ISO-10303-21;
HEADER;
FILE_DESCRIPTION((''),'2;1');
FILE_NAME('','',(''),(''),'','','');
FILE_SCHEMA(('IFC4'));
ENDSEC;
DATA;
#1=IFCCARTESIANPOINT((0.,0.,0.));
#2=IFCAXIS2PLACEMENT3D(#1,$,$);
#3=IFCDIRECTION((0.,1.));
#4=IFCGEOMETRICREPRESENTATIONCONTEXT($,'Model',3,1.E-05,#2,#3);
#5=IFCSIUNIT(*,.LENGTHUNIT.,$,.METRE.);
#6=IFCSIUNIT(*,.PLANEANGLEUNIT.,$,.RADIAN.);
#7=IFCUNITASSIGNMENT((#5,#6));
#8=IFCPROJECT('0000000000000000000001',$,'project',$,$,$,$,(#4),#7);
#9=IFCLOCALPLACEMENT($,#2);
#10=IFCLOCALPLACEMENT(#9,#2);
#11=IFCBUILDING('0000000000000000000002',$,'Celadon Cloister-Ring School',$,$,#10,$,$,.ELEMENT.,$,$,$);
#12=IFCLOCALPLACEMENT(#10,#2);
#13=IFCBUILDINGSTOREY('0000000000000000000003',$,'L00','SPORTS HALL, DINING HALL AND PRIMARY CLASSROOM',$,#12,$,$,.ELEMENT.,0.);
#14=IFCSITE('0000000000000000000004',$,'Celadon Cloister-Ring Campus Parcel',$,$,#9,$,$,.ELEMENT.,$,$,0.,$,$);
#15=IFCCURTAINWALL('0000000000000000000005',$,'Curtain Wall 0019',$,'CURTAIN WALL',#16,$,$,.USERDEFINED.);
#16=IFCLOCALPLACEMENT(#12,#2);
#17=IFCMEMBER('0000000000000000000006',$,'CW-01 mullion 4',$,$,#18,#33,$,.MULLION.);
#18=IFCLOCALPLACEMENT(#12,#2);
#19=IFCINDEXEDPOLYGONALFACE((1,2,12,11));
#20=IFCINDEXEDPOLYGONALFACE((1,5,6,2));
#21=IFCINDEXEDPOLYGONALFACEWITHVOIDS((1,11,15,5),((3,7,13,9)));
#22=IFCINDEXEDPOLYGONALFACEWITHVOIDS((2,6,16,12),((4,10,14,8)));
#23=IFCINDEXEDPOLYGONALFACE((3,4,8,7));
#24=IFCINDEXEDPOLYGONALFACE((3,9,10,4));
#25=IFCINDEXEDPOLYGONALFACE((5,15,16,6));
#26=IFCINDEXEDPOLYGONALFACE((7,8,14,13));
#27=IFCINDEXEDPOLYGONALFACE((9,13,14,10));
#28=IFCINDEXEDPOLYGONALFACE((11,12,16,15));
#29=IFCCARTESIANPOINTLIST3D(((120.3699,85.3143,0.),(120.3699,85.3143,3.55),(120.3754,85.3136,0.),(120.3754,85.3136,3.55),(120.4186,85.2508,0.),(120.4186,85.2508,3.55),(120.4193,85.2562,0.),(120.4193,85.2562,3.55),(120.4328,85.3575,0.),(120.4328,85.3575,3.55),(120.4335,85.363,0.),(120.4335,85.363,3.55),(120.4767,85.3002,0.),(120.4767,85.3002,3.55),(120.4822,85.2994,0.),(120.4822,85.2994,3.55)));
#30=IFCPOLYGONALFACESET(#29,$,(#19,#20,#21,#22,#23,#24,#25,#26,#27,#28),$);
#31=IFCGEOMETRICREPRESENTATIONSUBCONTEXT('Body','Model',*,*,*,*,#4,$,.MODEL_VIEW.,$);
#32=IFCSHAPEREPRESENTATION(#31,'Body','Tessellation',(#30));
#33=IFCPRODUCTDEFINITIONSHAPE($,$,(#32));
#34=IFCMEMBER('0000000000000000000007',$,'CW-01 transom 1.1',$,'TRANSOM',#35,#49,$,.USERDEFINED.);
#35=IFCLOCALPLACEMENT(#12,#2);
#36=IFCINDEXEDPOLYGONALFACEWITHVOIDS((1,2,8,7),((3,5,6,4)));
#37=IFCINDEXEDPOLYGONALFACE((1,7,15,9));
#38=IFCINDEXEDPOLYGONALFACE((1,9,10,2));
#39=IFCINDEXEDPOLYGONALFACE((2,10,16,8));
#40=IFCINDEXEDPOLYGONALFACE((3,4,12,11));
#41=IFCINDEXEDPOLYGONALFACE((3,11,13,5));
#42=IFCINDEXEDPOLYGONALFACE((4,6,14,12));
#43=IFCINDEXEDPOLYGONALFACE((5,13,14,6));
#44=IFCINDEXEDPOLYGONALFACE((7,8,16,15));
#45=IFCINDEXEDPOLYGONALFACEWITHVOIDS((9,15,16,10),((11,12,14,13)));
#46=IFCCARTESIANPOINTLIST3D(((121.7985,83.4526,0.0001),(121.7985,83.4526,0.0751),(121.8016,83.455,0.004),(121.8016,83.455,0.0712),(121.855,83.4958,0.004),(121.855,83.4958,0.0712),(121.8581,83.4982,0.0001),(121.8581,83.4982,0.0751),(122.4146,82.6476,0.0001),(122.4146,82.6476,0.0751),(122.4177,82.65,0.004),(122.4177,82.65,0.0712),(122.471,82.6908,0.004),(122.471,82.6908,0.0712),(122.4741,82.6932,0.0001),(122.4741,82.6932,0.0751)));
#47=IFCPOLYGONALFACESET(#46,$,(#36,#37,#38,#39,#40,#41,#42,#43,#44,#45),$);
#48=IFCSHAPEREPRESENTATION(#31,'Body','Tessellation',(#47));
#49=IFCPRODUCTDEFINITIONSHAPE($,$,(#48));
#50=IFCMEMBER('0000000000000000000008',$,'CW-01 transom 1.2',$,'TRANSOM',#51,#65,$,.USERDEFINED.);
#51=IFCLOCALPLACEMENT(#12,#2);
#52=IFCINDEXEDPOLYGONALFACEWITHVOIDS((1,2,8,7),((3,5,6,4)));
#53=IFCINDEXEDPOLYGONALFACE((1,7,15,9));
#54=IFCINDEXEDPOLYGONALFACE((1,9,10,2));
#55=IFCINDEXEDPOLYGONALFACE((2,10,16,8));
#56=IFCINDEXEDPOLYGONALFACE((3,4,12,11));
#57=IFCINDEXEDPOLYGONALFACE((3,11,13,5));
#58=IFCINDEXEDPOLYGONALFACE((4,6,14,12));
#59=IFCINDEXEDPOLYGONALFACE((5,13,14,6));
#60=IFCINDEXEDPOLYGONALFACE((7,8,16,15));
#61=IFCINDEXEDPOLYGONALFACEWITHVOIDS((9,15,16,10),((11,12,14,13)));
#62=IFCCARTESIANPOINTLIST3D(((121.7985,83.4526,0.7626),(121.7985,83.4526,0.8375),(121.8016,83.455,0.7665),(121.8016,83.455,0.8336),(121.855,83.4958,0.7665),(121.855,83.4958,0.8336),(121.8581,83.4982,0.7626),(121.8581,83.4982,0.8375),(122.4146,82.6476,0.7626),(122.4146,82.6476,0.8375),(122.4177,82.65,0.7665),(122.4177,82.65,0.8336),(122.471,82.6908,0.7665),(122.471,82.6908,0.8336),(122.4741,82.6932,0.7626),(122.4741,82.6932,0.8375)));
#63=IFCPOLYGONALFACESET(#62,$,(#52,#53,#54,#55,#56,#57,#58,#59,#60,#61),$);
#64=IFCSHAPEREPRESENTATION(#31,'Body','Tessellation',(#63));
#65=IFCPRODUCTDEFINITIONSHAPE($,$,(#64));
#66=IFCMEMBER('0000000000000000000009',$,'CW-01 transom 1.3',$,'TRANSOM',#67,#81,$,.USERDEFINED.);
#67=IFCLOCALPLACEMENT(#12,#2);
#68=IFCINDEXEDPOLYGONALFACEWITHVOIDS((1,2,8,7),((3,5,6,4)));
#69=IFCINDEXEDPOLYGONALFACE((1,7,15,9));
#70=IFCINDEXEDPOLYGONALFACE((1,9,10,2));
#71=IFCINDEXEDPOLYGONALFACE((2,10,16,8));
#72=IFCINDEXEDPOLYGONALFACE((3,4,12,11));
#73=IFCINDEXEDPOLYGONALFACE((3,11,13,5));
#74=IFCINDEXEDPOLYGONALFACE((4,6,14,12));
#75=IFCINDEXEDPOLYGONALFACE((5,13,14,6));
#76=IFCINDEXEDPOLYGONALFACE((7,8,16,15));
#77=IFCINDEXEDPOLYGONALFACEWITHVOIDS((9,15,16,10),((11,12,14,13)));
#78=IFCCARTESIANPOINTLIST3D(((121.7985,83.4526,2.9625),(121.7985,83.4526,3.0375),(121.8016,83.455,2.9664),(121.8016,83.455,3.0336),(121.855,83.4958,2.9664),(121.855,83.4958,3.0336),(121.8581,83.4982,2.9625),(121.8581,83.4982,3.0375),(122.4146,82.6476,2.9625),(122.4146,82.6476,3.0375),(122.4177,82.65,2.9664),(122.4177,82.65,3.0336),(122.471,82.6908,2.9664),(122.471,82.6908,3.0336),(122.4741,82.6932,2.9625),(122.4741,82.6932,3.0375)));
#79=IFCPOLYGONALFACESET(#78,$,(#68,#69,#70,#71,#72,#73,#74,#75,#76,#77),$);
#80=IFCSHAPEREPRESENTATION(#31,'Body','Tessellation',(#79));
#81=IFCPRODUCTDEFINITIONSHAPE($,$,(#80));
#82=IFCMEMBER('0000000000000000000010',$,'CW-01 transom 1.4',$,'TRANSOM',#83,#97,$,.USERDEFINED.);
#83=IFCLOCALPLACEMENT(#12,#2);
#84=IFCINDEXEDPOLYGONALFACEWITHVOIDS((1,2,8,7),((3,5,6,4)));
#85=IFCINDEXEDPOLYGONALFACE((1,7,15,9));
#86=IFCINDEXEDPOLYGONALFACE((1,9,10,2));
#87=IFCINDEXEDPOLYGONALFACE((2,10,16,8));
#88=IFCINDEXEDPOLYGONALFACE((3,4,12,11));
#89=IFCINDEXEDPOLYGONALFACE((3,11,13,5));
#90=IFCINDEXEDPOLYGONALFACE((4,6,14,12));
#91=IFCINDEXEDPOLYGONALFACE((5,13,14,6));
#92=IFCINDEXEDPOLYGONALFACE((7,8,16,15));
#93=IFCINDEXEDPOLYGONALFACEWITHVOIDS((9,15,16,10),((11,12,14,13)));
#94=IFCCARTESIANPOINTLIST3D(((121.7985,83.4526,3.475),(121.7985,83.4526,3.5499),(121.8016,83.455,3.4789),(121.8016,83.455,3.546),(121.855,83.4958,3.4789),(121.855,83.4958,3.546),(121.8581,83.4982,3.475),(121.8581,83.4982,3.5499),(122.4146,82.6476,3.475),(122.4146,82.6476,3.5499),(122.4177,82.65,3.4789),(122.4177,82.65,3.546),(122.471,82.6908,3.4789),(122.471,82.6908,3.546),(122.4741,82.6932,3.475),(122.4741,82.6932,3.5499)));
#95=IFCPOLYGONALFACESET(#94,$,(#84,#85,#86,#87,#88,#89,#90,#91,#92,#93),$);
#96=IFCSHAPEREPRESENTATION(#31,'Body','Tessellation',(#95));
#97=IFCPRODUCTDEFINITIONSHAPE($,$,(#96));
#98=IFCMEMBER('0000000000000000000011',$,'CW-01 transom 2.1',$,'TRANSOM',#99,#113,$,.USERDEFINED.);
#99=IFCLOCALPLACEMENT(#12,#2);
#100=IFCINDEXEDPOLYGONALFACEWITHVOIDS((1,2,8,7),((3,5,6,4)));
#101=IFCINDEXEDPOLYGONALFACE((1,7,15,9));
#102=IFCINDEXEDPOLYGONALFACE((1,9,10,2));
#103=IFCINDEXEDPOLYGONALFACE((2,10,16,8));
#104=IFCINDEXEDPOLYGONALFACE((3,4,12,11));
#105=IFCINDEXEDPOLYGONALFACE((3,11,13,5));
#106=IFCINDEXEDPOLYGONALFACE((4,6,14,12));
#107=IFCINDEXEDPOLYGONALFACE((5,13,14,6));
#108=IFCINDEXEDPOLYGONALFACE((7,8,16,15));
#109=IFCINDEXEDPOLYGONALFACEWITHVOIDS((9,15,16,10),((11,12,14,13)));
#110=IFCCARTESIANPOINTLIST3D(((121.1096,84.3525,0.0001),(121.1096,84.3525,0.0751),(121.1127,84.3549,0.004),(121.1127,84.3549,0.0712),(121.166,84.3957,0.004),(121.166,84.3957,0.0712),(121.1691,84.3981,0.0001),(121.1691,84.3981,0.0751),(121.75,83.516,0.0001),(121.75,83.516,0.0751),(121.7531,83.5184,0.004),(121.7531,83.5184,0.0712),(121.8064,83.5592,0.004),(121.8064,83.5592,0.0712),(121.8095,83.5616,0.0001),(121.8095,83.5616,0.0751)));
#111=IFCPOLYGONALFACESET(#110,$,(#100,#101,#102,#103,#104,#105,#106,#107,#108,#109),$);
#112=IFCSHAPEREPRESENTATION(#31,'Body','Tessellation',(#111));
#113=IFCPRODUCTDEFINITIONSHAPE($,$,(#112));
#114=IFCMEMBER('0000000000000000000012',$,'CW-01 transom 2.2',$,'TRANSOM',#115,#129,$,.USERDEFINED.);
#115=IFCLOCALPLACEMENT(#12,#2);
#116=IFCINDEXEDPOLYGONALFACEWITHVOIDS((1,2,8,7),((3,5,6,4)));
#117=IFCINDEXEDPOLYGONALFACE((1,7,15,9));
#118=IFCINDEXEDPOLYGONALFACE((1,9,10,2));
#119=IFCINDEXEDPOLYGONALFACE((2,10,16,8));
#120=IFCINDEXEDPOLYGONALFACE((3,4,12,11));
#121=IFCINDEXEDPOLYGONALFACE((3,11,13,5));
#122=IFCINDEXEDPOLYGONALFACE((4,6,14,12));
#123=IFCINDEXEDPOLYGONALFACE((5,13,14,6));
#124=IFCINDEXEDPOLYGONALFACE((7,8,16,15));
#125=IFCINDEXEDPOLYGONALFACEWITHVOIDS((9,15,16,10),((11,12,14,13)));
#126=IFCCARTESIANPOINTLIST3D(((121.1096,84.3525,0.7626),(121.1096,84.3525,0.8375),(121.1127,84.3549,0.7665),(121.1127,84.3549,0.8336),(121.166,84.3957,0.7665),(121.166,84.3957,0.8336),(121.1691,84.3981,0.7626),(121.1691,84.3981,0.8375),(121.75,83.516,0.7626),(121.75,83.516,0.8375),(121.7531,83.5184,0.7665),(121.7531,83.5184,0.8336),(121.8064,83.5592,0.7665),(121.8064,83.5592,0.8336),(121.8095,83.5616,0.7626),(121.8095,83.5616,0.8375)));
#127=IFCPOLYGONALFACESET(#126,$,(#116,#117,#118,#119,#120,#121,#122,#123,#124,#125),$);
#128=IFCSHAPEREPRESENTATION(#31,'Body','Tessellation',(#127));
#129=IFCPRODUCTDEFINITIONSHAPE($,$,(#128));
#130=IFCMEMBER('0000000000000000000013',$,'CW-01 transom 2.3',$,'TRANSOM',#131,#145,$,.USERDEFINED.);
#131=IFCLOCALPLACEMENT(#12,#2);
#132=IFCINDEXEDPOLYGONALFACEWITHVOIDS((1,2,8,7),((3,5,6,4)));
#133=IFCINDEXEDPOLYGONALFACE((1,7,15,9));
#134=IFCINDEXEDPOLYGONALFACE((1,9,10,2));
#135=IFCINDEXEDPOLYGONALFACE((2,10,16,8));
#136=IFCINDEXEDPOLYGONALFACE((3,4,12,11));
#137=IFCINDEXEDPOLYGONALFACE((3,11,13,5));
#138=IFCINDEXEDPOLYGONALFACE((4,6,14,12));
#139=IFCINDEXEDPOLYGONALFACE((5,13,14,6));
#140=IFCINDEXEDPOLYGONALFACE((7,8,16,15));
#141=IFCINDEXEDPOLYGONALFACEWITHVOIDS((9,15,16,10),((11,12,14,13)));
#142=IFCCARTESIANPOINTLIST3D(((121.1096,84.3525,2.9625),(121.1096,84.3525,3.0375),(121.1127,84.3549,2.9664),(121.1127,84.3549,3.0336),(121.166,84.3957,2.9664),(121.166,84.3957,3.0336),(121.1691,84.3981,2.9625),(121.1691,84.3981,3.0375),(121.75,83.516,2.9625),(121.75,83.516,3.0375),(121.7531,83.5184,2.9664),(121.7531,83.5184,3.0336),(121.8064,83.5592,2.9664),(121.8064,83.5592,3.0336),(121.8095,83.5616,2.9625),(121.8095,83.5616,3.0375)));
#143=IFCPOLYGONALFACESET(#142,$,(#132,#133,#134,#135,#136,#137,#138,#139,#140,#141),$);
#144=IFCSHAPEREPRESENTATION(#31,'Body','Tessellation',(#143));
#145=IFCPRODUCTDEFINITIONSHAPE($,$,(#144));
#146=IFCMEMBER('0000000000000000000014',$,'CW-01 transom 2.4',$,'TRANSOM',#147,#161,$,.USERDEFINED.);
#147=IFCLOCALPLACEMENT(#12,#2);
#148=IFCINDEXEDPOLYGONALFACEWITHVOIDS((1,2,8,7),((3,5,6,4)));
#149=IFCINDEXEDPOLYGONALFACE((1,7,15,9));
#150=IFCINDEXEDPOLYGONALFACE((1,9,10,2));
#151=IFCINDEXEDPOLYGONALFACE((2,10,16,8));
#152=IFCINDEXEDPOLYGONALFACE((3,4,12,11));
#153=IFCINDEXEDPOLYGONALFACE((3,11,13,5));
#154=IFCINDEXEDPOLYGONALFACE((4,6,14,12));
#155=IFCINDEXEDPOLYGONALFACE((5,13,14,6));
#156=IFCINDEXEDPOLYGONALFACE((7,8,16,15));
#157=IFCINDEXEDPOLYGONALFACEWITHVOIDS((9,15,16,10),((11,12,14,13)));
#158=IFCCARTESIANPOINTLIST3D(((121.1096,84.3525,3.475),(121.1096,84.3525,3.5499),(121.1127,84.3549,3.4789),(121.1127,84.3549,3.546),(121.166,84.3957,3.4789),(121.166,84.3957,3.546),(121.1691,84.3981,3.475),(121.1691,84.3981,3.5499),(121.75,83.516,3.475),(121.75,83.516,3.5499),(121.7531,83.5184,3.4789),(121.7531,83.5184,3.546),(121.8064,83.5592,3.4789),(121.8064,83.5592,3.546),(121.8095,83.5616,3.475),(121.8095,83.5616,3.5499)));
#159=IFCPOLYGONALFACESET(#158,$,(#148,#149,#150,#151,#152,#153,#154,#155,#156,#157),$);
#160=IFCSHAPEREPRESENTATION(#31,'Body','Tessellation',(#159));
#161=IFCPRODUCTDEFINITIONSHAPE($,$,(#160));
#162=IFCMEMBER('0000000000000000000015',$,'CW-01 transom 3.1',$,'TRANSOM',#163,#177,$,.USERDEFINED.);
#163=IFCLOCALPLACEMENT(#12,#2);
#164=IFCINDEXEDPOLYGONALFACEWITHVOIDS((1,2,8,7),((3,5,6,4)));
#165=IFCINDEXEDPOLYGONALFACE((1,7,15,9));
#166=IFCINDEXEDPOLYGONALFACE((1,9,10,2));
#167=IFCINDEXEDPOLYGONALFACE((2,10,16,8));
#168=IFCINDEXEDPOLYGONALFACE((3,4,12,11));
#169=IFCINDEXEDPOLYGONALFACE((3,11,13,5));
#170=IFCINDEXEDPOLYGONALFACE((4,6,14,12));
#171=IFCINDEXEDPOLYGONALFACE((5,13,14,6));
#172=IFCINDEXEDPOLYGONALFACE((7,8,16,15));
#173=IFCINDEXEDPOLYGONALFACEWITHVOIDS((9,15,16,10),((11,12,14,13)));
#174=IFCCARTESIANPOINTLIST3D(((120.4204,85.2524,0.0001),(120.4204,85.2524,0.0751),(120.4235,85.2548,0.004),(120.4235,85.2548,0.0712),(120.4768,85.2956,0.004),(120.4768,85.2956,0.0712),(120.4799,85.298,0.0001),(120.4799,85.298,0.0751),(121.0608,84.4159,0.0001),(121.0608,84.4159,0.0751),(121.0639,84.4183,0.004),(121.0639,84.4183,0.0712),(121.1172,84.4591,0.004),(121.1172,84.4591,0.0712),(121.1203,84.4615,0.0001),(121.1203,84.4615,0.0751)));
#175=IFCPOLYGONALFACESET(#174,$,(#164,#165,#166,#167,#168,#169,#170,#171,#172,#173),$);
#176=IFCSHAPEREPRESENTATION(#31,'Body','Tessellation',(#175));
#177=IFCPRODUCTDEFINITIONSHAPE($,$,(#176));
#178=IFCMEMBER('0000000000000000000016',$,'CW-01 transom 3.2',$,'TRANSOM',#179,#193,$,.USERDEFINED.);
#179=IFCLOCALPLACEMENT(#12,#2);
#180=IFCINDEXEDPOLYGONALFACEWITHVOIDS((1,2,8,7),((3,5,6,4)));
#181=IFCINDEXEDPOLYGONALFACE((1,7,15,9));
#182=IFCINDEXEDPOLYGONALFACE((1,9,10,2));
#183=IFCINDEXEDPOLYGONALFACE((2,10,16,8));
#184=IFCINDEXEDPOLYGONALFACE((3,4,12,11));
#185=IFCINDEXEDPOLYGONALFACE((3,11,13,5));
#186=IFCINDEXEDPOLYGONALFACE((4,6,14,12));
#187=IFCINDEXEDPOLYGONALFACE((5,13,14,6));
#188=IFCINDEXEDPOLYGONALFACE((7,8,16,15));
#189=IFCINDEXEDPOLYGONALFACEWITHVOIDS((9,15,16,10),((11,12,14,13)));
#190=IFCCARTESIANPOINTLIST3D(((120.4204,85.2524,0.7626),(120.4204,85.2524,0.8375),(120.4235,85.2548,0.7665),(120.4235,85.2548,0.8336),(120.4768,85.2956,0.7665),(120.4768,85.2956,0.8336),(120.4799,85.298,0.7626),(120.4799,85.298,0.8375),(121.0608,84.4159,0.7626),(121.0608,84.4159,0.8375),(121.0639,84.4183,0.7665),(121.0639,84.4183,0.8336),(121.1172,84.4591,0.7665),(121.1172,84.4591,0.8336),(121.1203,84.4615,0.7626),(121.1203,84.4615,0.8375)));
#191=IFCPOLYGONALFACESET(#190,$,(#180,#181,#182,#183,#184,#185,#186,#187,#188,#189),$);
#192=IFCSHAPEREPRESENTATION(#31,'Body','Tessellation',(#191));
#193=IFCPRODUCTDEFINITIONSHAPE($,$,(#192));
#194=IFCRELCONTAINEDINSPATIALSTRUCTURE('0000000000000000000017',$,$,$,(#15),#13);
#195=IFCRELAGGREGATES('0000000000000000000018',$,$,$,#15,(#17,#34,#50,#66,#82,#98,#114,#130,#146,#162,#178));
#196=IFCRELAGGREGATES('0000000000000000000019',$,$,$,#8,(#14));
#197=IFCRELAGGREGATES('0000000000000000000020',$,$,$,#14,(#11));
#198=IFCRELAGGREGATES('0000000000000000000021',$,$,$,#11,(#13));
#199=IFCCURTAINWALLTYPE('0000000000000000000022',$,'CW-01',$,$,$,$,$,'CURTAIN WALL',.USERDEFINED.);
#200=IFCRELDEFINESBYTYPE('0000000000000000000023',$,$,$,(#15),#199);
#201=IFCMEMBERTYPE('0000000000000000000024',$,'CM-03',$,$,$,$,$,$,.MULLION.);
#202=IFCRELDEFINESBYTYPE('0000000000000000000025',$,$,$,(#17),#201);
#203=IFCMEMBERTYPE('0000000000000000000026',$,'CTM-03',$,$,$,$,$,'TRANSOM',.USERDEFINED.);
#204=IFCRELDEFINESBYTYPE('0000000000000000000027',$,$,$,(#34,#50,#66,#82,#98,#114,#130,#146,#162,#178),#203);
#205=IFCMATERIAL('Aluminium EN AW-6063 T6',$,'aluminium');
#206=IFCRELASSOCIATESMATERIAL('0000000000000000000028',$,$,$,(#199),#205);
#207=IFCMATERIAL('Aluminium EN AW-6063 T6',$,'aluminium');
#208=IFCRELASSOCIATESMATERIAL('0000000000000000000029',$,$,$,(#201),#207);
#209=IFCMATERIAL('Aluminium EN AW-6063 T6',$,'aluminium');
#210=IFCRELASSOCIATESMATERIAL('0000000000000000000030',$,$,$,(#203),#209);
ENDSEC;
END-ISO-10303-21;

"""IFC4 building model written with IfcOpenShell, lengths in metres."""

from ifc_helpers import new_model, si_unit, direction, frame, origin, origin_2d, place, context, subcontext, project, spatial, hollow_rectangle, extrude, material, material_profile, profile_set, type_object, element, aggregate, save


model = new_model("IFC4")

# Units and contexts
model_context = context("Model", 3, precision=1e-05, world=origin(), true_north=direction((0.0, 1.0)))
body_context = subcontext(model_context, "Body", "Model", "MODEL_VIEW")
ifc_project = project(units=[si_unit("LENGTHUNIT", "METRE"), si_unit("PLANEANGLEUNIT", "RADIAN")], contexts=[model_context])

# Site, building, storey
site_placement = place(None, origin())
site = spatial("IfcSite", under=ifc_project, at=site_placement, Name="Celadon Cloister-Ring Campus Parcel", CompositionType="ELEMENT", RefElevation=0.0)
building_placement = place(site_placement, origin())
building = spatial("IfcBuilding", under=site, at=building_placement, Name="Celadon Cloister-Ring School", CompositionType="ELEMENT")
storey_placement = place(building_placement, origin())
storey = spatial("IfcBuildingStorey", under=building, at=storey_placement, Name="L00", Description="SPORTS HALL, DINING HALL AND PRIMARY CLASSROOM", CompositionType="ELEMENT", Elevation=0.0)

# Curtain wall, members
ifc_material_1 = material(Name="Aluminium EN AW-6063 T6", Category="aluminium")
curtain_wall_type = type_object("IfcCurtainWallType", Name="CW-01", ElementType="CURTAIN WALL", PredefinedType="USERDEFINED", material=ifc_material_1)
curtain_wall_placement = place(storey_placement, origin())
curtain_wall = element("IfcCurtainWall", 1, at=curtain_wall_placement, inside=storey, type_object=curtain_wall_type, Name="Curtain Wall 0019", ObjectType="CURTAIN WALL", PredefinedType="USERDEFINED")
ifc_material_2 = material(Name="Aluminium EN AW-6063 T6", Category="aluminium")
ifc_material_profile_1 = material_profile(ifc_material_2, hollow_rectangle(XDim=0.0801, YDim=0.0801, WallThickness=0.0039, at=origin_2d()), Name="RHS80X80X4")
ifc_profile_set_1 = profile_set([ifc_material_profile_1], Name="Aluminium EN AW-6063 T6")
member_type_1 = type_object("IfcMemberType", Name="CM-03", PredefinedType="MULLION", material=ifc_profile_set_1)
member_1_placement = place(storey_placement, frame((120.426, 85.3069, 0.0), z_axis=(0.0, 0.0, 1.0), x_axis=(-0.794032, -0.607876, 0.0)))
member_1 = element("IfcMember", 2, at=member_1_placement, type_object=member_type_1, Name="CW-01 mullion 4", PredefinedType="MULLION", context=body_context, shape_type="SweptSolid", body=[
    extrude(hollow_rectangle(XDim=0.0801, YDim=0.0801, WallThickness=0.0039, at=origin_2d()), origin(), (0.0, 0.0, 1.0), 3.55),
])
ifc_material_3 = material(Name="Aluminium EN AW-6063 T6", Category="aluminium")
ifc_material_profile_2 = material_profile(ifc_material_3, hollow_rectangle(XDim=0.075, YDim=0.075, WallThickness=0.0039, at=origin_2d()), Name="RHS75X75X4")
ifc_profile_set_2 = profile_set([ifc_material_profile_2], Name="Aluminium EN AW-6063 T6")
member_type_2 = type_object("IfcMemberType", Name="CTM-03", ElementType="TRANSOM", PredefinedType="USERDEFINED", material=ifc_profile_set_2)
member_2_placement = place(storey_placement, frame((122.4443, 82.6704, 0.0376), z_axis=(-0.607718, 0.794153, 0.0), x_axis=(-0.794153, -0.607718, 0.0)))
member_2 = element("IfcMember", 3, at=member_2_placement, type_object=member_type_2, Name="CW-01 transom 1.1", ObjectType="TRANSOM", PredefinedType="USERDEFINED", context=body_context, shape_type="SweptSolid", body=[
    extrude(hollow_rectangle(XDim=0.075, YDim=0.075, WallThickness=0.0039, at=origin_2d()), origin(), (0.0, 0.0, 1.0), 1.0137),
])
member_3_placement = place(storey_placement, frame((122.4443, 82.6704, 0.8), z_axis=(-0.607718, 0.794153, 0.0), x_axis=(-0.794153, -0.607718, 0.0)))
member_3 = element("IfcMember", 4, at=member_3_placement, type_object=member_type_2, Name="CW-01 transom 1.2", ObjectType="TRANSOM", PredefinedType="USERDEFINED", context=body_context, shape_type="SweptSolid", body=[
    extrude(hollow_rectangle(XDim=0.075, YDim=0.075, WallThickness=0.0039, at=origin_2d()), origin(), (0.0, 0.0, 1.0), 1.0137),
])
member_4_placement = place(storey_placement, frame((122.4443, 82.6704, 3.0), z_axis=(-0.607718, 0.794153, 0.0), x_axis=(-0.794153, -0.607718, 0.0)))
member_4 = element("IfcMember", 5, at=member_4_placement, type_object=member_type_2, Name="CW-01 transom 1.3", ObjectType="TRANSOM", PredefinedType="USERDEFINED", context=body_context, shape_type="SweptSolid", body=[
    extrude(hollow_rectangle(XDim=0.075, YDim=0.075, WallThickness=0.0039, at=origin_2d()), origin(), (0.0, 0.0, 1.0), 1.0137),
])
member_5_placement = place(storey_placement, frame((122.4443, 82.6704, 3.5125), z_axis=(-0.607718, 0.794153, 0.0), x_axis=(-0.794153, -0.607718, 0.0)))
member_5 = element("IfcMember", 6, at=member_5_placement, type_object=member_type_2, Name="CW-01 transom 1.4", ObjectType="TRANSOM", PredefinedType="USERDEFINED", context=body_context, shape_type="SweptSolid", body=[
    extrude(hollow_rectangle(XDim=0.075, YDim=0.075, WallThickness=0.0039, at=origin_2d()), origin(), (0.0, 0.0, 1.0), 1.0137),
])
member_6_placement = place(storey_placement, frame((121.7798, 83.5388, 0.0376), z_axis=(-0.607906, 0.794009, 0.0), x_axis=(-0.794009, -0.607906, 0.0)))
member_6 = element("IfcMember", 7, at=member_6_placement, type_object=member_type_2, Name="CW-01 transom 2.1", ObjectType="TRANSOM", PredefinedType="USERDEFINED", context=body_context, shape_type="SweptSolid", body=[
    extrude(hollow_rectangle(XDim=0.075, YDim=0.075, WallThickness=0.0039, at=origin_2d()), origin(), (0.0, 0.0, 1.0), 1.0535),
])
member_7_placement = place(storey_placement, frame((121.7798, 83.5388, 0.8), z_axis=(-0.607906, 0.794009, 0.0), x_axis=(-0.794009, -0.607906, 0.0)))
member_7 = element("IfcMember", 8, at=member_7_placement, type_object=member_type_2, Name="CW-01 transom 2.2", ObjectType="TRANSOM", PredefinedType="USERDEFINED", context=body_context, shape_type="SweptSolid", body=[
    extrude(hollow_rectangle(XDim=0.075, YDim=0.075, WallThickness=0.0039, at=origin_2d()), origin(), (0.0, 0.0, 1.0), 1.0535),
])
member_8_placement = place(storey_placement, frame((121.7798, 83.5388, 3.0), z_axis=(-0.607906, 0.794009, 0.0), x_axis=(-0.794009, -0.607906, 0.0)))
member_8 = element("IfcMember", 9, at=member_8_placement, type_object=member_type_2, Name="CW-01 transom 2.3", ObjectType="TRANSOM", PredefinedType="USERDEFINED", context=body_context, shape_type="SweptSolid", body=[
    extrude(hollow_rectangle(XDim=0.075, YDim=0.075, WallThickness=0.0039, at=origin_2d()), origin(), (0.0, 0.0, 1.0), 1.0535),
])
member_9_placement = place(storey_placement, frame((121.7798, 83.5388, 3.5125), z_axis=(-0.607906, 0.794009, 0.0), x_axis=(-0.794009, -0.607906, 0.0)))
member_9 = element("IfcMember", 10, at=member_9_placement, type_object=member_type_2, Name="CW-01 transom 2.4", ObjectType="TRANSOM", PredefinedType="USERDEFINED", context=body_context, shape_type="SweptSolid", body=[
    extrude(hollow_rectangle(XDim=0.075, YDim=0.075, WallThickness=0.0039, at=origin_2d()), origin(), (0.0, 0.0, 1.0), 1.0535),
])
member_10_placement = place(storey_placement, frame((121.0906, 84.4387, 0.0376), z_axis=(-0.607906, 0.794009, 0.0), x_axis=(-0.794009, -0.607906, 0.0)))
member_10 = element("IfcMember", 11, at=member_10_placement, type_object=member_type_2, Name="CW-01 transom 3.1", ObjectType="TRANSOM", PredefinedType="USERDEFINED", context=body_context, shape_type="SweptSolid", body=[
    extrude(hollow_rectangle(XDim=0.075, YDim=0.075, WallThickness=0.0039, at=origin_2d()), origin(), (0.0, 0.0, 1.0), 1.0535),
])
member_11_placement = place(storey_placement, frame((121.0906, 84.4387, 0.8), z_axis=(-0.607906, 0.794009, 0.0), x_axis=(-0.794009, -0.607906, 0.0)))
member_11 = element("IfcMember", 12, at=member_11_placement, type_object=member_type_2, Name="CW-01 transom 3.2", ObjectType="TRANSOM", PredefinedType="USERDEFINED", context=body_context, shape_type="SweptSolid", body=[
    extrude(hollow_rectangle(XDim=0.075, YDim=0.075, WallThickness=0.0039, at=origin_2d()), origin(), (0.0, 0.0, 1.0), 1.0535),
])

aggregate(curtain_wall, [member_1, member_2, member_3, member_4, member_5, member_6, member_7, member_8, member_9, member_10, member_11])

save(model, "model.ifc")
